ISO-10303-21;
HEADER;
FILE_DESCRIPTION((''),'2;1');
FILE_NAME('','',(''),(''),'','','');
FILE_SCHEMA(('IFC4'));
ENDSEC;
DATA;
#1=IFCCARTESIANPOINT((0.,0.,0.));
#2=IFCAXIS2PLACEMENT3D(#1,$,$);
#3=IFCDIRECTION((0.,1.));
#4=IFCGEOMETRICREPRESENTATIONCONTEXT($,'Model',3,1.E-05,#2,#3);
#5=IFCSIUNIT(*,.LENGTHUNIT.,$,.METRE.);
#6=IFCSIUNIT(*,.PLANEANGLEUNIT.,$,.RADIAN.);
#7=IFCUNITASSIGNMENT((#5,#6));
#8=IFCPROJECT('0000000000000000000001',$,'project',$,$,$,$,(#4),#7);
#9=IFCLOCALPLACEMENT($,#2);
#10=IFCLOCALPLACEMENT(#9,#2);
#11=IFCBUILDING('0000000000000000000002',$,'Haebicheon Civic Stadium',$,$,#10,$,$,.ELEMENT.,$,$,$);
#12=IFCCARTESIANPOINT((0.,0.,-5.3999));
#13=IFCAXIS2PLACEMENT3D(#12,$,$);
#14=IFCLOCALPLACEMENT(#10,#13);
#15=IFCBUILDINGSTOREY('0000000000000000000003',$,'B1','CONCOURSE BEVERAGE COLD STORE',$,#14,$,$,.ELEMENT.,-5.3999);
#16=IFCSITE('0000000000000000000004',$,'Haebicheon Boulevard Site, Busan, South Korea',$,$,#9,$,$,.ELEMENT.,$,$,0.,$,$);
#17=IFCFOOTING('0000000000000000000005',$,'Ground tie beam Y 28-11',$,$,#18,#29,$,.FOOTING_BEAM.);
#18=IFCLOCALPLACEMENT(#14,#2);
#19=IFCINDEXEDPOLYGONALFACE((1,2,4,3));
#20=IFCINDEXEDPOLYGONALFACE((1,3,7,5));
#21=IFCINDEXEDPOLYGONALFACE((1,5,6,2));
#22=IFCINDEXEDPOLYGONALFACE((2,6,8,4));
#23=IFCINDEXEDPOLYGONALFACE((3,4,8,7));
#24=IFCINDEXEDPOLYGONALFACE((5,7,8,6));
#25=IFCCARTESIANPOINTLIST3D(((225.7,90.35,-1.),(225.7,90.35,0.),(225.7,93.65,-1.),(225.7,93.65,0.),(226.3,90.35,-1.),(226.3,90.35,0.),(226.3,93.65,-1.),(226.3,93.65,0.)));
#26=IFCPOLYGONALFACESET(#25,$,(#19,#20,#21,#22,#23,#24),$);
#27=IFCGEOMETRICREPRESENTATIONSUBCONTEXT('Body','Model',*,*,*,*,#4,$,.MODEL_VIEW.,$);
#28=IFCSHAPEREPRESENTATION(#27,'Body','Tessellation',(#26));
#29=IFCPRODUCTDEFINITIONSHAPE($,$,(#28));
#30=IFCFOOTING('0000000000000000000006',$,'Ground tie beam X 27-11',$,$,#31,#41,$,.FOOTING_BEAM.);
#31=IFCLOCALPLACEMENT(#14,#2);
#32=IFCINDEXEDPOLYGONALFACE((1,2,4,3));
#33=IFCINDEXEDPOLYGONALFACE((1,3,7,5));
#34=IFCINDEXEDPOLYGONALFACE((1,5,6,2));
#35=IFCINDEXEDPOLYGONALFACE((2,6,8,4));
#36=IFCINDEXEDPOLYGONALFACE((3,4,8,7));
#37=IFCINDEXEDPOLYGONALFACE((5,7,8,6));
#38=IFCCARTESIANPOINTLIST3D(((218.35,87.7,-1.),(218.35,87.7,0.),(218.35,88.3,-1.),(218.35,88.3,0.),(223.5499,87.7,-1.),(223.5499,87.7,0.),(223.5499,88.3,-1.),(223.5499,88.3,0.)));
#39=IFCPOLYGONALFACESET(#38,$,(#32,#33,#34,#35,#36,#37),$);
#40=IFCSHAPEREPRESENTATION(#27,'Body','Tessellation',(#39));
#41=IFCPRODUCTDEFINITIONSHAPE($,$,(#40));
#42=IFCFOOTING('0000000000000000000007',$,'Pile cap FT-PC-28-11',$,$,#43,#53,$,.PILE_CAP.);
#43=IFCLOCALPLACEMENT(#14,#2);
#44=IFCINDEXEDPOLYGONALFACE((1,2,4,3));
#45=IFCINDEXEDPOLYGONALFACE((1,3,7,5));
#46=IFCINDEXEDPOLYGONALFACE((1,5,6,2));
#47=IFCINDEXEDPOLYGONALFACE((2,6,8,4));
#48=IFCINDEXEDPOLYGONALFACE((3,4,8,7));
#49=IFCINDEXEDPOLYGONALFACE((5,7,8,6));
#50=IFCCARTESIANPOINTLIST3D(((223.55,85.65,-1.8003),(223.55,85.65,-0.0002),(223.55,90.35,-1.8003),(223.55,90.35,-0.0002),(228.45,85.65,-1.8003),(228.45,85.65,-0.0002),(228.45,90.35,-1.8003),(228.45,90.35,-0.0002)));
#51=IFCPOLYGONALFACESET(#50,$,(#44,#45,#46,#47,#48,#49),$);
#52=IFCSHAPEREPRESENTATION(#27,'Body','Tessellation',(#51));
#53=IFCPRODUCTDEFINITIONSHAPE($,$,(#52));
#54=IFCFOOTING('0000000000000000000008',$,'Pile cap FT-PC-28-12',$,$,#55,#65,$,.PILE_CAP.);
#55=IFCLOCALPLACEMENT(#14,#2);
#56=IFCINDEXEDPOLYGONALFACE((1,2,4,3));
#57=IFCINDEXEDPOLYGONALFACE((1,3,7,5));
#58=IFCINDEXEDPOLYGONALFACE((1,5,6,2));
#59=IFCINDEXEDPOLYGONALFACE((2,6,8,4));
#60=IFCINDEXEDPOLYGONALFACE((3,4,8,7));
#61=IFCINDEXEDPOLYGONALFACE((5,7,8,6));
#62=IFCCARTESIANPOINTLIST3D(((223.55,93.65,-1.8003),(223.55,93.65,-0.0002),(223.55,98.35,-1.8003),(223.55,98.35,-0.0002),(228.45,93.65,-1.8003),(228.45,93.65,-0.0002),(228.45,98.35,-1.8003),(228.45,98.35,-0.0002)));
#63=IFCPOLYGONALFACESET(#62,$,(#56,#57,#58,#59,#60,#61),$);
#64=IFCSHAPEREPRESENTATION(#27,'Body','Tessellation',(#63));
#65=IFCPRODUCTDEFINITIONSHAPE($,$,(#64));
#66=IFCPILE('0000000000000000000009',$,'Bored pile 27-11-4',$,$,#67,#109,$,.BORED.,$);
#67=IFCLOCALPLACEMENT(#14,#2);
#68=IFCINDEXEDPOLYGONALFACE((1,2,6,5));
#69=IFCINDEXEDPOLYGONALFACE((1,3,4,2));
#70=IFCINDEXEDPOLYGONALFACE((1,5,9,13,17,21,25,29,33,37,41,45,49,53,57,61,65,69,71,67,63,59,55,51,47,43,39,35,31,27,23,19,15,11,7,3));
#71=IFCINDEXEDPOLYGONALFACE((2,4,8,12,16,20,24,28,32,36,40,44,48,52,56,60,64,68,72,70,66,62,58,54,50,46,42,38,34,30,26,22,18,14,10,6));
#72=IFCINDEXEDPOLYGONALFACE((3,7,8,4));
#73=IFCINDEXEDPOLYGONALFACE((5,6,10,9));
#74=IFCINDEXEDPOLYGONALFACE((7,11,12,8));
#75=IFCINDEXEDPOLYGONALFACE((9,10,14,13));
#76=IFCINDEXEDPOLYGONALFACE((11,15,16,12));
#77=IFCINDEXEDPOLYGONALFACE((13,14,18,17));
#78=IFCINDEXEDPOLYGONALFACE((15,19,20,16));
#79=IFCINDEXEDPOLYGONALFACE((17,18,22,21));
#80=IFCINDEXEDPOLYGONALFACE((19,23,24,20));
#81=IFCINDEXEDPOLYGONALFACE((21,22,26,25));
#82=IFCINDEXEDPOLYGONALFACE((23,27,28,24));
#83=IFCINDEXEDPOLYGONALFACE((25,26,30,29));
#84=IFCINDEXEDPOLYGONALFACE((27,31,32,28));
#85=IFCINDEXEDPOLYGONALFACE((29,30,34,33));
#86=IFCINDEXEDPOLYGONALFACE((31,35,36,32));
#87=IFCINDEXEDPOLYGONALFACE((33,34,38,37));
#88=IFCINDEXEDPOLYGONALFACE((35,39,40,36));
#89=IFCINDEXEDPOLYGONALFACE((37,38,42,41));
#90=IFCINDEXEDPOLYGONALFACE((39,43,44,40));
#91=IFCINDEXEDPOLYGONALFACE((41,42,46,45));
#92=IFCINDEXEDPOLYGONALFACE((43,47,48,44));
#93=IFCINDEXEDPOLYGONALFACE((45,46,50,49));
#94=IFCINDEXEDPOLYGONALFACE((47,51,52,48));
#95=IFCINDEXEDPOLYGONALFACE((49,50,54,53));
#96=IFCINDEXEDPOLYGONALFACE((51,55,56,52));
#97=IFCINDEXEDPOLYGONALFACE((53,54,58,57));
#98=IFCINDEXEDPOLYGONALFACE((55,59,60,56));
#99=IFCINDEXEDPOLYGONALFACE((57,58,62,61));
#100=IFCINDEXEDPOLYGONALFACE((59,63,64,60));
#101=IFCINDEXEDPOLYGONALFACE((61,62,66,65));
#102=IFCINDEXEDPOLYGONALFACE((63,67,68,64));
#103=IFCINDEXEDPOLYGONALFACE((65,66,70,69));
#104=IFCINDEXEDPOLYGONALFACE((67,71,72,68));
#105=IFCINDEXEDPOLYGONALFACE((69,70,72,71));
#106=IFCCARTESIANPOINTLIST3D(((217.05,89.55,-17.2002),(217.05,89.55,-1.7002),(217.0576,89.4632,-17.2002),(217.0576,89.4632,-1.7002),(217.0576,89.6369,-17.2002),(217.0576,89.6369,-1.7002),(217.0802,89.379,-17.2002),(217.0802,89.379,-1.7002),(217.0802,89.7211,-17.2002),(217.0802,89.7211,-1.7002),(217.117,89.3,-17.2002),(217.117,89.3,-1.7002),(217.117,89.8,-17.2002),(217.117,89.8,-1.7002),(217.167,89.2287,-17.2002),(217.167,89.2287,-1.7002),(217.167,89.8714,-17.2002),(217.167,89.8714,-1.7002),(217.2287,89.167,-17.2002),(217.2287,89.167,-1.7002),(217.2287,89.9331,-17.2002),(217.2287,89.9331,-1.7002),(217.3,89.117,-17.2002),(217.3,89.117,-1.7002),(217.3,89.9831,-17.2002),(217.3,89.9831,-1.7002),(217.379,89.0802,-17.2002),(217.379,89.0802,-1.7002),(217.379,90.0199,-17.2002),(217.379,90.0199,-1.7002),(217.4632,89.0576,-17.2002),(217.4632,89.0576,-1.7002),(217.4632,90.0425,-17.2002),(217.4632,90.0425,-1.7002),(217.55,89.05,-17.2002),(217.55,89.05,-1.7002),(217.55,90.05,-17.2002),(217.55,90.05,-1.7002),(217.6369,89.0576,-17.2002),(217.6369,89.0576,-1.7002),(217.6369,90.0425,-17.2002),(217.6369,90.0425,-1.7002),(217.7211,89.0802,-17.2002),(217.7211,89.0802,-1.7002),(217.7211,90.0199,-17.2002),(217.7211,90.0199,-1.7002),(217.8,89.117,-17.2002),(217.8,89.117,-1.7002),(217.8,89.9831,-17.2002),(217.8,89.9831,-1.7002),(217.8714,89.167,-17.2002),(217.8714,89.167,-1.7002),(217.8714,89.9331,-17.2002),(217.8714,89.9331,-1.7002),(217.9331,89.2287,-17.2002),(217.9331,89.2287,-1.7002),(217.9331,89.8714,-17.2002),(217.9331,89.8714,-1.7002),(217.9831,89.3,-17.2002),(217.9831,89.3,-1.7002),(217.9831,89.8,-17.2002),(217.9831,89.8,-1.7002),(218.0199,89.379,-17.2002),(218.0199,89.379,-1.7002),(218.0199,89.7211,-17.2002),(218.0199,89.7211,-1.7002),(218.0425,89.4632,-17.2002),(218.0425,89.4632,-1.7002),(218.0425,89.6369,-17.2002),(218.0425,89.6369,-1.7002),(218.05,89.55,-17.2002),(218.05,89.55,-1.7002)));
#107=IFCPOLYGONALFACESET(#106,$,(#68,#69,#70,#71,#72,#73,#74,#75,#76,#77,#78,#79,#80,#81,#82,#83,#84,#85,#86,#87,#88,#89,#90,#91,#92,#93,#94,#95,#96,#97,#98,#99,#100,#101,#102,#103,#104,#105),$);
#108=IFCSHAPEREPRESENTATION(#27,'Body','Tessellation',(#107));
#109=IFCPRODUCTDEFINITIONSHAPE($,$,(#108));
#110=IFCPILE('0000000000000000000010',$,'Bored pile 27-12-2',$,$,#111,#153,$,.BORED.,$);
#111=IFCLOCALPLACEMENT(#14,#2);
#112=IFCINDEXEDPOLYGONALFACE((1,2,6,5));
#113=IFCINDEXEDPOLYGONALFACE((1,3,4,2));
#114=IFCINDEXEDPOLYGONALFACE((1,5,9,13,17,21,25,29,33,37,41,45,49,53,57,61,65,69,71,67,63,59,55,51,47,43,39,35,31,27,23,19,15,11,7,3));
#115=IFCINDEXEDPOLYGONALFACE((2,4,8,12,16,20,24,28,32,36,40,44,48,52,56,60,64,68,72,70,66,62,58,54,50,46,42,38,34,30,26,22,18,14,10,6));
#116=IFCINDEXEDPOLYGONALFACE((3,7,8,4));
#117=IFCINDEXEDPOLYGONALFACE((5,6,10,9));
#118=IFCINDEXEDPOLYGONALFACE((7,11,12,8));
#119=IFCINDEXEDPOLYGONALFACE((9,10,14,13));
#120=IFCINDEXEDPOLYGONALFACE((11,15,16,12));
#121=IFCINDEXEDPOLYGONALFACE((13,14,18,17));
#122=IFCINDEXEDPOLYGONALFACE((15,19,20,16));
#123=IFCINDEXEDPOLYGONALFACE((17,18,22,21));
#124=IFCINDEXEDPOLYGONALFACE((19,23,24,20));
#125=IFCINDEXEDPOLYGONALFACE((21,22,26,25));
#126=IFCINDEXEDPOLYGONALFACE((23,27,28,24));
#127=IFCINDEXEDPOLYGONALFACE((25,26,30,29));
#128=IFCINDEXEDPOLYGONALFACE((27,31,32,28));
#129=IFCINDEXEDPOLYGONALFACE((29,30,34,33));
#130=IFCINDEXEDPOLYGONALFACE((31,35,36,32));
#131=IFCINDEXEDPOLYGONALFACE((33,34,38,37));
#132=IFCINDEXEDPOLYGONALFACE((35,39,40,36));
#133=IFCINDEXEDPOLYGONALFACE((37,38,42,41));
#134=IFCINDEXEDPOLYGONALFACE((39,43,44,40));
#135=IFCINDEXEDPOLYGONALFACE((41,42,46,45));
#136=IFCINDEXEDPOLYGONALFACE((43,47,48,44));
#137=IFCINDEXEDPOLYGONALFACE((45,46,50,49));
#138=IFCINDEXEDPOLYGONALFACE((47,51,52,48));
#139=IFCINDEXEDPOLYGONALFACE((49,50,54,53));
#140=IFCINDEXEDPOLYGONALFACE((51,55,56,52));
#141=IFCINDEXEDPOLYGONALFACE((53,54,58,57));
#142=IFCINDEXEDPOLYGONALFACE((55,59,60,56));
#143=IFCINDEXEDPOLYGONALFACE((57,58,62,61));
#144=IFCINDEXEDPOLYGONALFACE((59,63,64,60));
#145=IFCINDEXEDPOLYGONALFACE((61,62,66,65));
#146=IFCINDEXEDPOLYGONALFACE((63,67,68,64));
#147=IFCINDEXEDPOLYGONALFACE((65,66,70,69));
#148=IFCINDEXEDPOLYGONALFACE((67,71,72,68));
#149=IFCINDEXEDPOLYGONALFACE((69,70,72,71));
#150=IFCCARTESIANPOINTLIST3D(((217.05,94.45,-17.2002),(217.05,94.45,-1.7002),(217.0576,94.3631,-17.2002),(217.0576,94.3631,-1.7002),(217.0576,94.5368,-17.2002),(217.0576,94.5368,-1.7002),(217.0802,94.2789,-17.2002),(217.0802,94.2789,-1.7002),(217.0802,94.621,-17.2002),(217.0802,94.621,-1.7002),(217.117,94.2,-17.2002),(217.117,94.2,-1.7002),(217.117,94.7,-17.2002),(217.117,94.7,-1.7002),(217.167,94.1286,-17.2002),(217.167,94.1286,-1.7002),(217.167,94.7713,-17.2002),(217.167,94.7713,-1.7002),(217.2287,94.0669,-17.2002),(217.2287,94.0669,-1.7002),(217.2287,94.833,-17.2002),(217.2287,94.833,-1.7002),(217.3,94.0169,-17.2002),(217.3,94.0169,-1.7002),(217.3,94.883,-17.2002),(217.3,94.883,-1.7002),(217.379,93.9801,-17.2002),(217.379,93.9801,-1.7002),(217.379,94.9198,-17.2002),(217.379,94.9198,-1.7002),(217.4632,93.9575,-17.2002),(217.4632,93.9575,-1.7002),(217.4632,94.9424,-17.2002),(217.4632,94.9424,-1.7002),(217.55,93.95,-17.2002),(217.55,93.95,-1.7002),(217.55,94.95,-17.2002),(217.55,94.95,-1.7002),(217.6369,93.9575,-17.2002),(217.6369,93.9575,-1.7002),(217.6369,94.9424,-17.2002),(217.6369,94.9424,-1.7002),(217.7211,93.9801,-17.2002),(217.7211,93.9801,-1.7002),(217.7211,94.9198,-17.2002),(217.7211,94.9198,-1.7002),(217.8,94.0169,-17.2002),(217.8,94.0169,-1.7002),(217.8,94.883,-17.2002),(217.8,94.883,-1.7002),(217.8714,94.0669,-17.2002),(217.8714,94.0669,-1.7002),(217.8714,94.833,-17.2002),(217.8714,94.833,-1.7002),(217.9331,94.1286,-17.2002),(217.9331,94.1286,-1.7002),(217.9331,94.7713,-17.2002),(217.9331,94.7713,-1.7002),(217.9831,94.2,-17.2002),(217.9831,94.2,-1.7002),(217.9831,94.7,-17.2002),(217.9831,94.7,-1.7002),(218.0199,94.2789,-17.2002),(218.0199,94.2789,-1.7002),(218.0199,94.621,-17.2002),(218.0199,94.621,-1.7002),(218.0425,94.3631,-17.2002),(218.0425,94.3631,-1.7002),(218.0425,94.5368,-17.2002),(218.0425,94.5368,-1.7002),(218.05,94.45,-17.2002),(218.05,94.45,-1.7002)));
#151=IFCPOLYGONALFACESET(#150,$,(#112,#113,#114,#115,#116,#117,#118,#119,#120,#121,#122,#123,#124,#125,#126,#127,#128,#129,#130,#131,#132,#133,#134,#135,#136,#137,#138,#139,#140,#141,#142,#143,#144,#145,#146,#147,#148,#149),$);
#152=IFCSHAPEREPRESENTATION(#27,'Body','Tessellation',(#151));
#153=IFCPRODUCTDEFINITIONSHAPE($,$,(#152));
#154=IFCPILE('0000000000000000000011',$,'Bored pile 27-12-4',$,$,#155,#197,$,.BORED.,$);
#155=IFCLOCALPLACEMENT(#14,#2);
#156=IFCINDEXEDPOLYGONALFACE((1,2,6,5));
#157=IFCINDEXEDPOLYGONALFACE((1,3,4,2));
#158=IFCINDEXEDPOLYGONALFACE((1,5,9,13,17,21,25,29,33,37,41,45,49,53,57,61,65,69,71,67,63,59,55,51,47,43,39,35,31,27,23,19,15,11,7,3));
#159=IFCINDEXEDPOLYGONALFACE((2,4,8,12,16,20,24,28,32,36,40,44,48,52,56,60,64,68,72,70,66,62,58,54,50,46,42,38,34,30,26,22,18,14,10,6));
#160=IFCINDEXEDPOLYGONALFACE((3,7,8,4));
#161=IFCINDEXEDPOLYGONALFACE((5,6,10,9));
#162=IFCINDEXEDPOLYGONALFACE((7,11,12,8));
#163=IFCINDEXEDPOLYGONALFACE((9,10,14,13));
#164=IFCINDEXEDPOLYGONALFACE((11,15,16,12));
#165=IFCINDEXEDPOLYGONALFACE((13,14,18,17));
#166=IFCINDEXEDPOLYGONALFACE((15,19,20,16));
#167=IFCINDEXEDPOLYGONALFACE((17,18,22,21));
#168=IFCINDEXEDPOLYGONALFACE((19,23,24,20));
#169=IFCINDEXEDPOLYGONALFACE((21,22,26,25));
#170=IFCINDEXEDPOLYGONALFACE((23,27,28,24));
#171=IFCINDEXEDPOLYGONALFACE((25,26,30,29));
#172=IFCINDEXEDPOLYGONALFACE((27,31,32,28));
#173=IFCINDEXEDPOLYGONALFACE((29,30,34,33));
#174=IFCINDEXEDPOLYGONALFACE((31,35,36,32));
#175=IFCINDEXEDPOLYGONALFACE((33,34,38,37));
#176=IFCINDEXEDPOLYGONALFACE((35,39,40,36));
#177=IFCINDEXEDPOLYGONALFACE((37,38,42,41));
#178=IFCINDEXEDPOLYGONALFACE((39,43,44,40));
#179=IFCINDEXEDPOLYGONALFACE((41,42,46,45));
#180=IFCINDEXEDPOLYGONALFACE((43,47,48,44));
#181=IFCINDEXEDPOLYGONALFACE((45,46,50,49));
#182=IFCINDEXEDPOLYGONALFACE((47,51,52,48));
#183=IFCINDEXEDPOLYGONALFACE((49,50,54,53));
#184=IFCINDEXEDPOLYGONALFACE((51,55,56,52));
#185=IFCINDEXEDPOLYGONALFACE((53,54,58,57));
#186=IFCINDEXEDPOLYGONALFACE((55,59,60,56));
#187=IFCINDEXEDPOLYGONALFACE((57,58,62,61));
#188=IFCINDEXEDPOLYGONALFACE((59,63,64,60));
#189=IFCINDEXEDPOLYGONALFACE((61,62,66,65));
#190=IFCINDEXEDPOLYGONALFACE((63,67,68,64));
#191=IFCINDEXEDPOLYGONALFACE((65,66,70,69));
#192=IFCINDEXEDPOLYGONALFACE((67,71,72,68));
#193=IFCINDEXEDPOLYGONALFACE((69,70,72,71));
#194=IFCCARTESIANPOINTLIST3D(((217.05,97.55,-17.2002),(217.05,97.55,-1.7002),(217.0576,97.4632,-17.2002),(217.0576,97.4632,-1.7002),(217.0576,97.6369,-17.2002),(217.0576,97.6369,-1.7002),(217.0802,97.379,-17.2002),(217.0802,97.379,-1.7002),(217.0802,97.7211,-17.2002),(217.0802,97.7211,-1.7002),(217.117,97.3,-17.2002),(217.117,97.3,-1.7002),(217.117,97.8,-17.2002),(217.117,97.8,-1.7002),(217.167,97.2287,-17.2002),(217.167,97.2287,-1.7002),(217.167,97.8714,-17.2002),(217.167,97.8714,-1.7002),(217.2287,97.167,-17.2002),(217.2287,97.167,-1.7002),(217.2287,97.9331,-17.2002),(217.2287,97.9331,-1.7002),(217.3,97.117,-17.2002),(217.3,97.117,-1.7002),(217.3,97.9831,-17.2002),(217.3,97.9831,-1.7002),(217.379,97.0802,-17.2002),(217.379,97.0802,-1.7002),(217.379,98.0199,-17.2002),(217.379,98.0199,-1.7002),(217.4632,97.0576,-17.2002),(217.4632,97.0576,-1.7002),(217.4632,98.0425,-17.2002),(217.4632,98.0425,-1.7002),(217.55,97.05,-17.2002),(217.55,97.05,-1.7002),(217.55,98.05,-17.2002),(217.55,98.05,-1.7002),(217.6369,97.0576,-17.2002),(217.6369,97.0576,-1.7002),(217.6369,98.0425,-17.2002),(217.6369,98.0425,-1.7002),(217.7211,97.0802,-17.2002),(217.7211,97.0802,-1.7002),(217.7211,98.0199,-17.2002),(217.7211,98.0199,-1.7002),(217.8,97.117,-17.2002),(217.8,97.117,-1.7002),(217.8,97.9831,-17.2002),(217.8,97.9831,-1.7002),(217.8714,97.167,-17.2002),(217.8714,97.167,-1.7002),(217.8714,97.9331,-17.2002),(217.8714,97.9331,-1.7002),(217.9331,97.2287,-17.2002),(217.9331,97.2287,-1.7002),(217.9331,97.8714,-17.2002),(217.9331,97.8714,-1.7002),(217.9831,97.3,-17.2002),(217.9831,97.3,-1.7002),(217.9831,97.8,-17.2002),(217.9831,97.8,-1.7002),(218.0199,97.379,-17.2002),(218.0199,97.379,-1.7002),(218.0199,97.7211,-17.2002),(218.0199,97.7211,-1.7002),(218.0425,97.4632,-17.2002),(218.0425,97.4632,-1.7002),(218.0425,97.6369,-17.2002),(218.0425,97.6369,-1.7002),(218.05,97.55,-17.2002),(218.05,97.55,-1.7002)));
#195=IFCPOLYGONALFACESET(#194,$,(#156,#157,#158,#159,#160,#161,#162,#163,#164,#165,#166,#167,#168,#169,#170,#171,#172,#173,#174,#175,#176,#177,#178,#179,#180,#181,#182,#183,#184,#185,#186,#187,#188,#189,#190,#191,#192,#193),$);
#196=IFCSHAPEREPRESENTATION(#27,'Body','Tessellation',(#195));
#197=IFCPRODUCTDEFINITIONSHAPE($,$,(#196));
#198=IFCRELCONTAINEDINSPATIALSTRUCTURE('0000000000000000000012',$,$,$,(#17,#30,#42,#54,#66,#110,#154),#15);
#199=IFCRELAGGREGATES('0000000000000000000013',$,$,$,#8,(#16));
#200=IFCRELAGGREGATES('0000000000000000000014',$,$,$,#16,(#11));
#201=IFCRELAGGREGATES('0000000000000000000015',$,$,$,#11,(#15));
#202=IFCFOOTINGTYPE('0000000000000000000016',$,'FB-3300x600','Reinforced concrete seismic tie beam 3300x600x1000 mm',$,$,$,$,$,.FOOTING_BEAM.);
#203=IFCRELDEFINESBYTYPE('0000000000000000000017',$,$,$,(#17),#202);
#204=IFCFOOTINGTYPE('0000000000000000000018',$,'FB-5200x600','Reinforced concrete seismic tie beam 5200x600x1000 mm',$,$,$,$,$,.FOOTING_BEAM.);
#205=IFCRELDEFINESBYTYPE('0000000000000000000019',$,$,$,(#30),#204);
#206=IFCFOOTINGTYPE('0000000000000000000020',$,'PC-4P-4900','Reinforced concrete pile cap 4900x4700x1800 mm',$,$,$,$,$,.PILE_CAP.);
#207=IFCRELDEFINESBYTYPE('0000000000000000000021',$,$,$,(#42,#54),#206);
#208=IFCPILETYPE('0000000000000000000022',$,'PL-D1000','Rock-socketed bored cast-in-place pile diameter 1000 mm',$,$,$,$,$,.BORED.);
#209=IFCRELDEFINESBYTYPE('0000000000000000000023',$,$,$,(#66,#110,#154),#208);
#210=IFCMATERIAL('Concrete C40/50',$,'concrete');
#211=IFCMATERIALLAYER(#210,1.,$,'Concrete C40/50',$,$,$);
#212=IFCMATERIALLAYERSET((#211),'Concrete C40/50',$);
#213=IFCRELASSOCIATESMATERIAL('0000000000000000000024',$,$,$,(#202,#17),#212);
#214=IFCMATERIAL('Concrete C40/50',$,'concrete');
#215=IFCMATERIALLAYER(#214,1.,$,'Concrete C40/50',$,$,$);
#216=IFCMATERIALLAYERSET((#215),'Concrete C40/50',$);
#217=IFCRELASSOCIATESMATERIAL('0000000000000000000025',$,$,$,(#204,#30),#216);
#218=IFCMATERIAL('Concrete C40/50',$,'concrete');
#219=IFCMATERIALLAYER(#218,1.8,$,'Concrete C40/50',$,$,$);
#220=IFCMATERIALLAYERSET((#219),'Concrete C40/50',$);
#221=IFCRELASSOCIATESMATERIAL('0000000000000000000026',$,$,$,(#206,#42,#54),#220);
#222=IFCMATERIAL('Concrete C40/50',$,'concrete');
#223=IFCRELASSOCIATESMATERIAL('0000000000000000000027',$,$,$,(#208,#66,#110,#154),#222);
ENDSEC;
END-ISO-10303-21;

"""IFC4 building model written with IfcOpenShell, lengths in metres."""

from ifc_helpers import new_model, si_unit, direction, frame, origin, origin_2d, place, context, subcontext, project, spatial, rectangle, circle, extrude, material, layer, layer_set, material_profile, profile_set, type_object, element, save


model = new_model("IFC4")

# Units and contexts
model_context = context("Model", 3, precision=1e-05, world=origin(), true_north=direction((0.0, 1.0)))
body_context = subcontext(model_context, "Body", "Model", "MODEL_VIEW")
ifc_project = project(units=[si_unit("LENGTHUNIT", "METRE"), si_unit("PLANEANGLEUNIT", "RADIAN")], contexts=[model_context])

# Site, building, storey
site_placement = place(None, origin())
site = spatial("IfcSite", under=ifc_project, at=site_placement, Name="Haebicheon Boulevard Site, Busan, South Korea", CompositionType="ELEMENT", RefElevation=0.0)
building_placement = place(site_placement, origin())
building = spatial("IfcBuilding", under=site, at=building_placement, Name="Haebicheon Civic Stadium", CompositionType="ELEMENT")
storey_placement = place(building_placement, frame((0.0, 0.0, -5.3999)))
storey = spatial("IfcBuildingStorey", under=building, at=storey_placement, Name="B1", Description="CONCOURSE BEVERAGE COLD STORE", CompositionType="ELEMENT", Elevation=-5.3999)

# Footings
ifc_material_1 = material(Name="Concrete C40/50", Category="concrete")
ifc_layer_1 = layer(ifc_material_1, 1.0, Name="Concrete C40/50")
ifc_layer_set_1 = layer_set([ifc_layer_1], Name="Concrete C40/50")
footing_type_1 = type_object("IfcFootingType", Name="FB-3300x600", Description="Reinforced concrete seismic tie beam 3300x600x1000 mm", PredefinedType="FOOTING_BEAM", material=ifc_layer_set_1)
footing_1_placement = place(storey_placement, frame((226.0, 92.0, -1.0), z_axis=(0.0, 0.0, 1.0), x_axis=(0.0, 1.0, 0.0)))
element("IfcFooting", 1, at=footing_1_placement, inside=storey, type_object=footing_type_1, material=ifc_layer_set_1, Name="Ground tie beam Y 28-11", PredefinedType="FOOTING_BEAM", context=body_context, shape_type="SweptSolid", body=[
    extrude(rectangle(XDim=3.3, YDim=0.6001, at=origin_2d()), origin(), (0.0, 0.0, 1.0), 1.0),
])
ifc_material_2 = material(Name="Concrete C40/50", Category="concrete")
ifc_layer_2 = layer(ifc_material_2, 1.0, Name="Concrete C40/50")
ifc_layer_set_2 = layer_set([ifc_layer_2], Name="Concrete C40/50")
footing_type_2 = type_object("IfcFootingType", Name="FB-5200x600", Description="Reinforced concrete seismic tie beam 5200x600x1000 mm", PredefinedType="FOOTING_BEAM", material=ifc_layer_set_2)
footing_2_placement = place(storey_placement, frame((220.95, 88.0, -1.0), z_axis=(0.0, 0.0, 1.0), x_axis=(1.0, 0.0, 0.0)))
element("IfcFooting", 2, at=footing_2_placement, inside=storey, type_object=footing_type_2, material=ifc_layer_set_2, Name="Ground tie beam X 27-11", PredefinedType="FOOTING_BEAM", context=body_context, shape_type="SweptSolid", body=[
    extrude(rectangle(XDim=5.2, YDim=0.6001, at=origin_2d()), origin(), (0.0, 0.0, 1.0), 1.0),
])
ifc_material_3 = material(Name="Concrete C40/50", Category="concrete")
ifc_layer_3 = layer(ifc_material_3, 1.8, Name="Concrete C40/50")
ifc_layer_set_3 = layer_set([ifc_layer_3], Name="Concrete C40/50")
footing_type_3 = type_object("IfcFootingType", Name="PC-4P-4900", Description="Reinforced concrete pile cap 4900x4700x1800 mm", PredefinedType="PILE_CAP", material=ifc_layer_set_3)
for number, where, z_axis, x_axis, name in (
    (3, (226.0, 88.0, -1.8003), (0.0, 0.0, 1.0), (1.0, 0.0, 0.0), "Pile cap FT-PC-28-11"),
    (4, (226.0, 96.0, -1.8003), (0.0, 0.0, 1.0), (1.0, 0.0, 0.0), "Pile cap FT-PC-28-12"),
):
    element("IfcFooting", number, at=place(storey_placement, frame(where, z_axis=z_axis, x_axis=x_axis)), inside=storey, type_object=footing_type_3, material=ifc_layer_set_3, Name=name, PredefinedType="PILE_CAP", context=body_context, shape_type="SweptSolid", body=[
        extrude(rectangle(XDim=4.8999, YDim=4.7, at=origin_2d()), origin(), (0.0, 0.0, 1.0), 1.8),
    ])

# Piles
ifc_material_4 = material(Name="Concrete C40/50", Category="concrete")
ifc_material_profile_1 = material_profile(ifc_material_4, circle(Radius=0.5, at=origin_2d()), Name="PILE-D1000")
ifc_profile_set_1 = profile_set([ifc_material_profile_1], Name="Concrete C40/50")
pile_type = type_object("IfcPileType", Name="PL-D1000", Description="Rock-socketed bored cast-in-place pile diameter 1000 mm", PredefinedType="BORED", material=ifc_profile_set_1)
for number, where, z_axis, x_axis, name in (
    (5, (217.55, 89.55, -1.7002), (0.0, 0.0, -1.0), (1.0, 0.0, 0.0), "Bored pile 27-11-4"),
    (6, (217.55, 94.45, -1.7002), (0.0, 0.0, -1.0), (1.0, 0.0, 0.0), "Bored pile 27-12-2"),
    (7, (217.55, 97.55, -1.7002), (0.0, 0.0, -1.0), (1.0, 0.0, 0.0), "Bored pile 27-12-4"),
):
    element("IfcPile", number, at=place(storey_placement, frame(where, z_axis=z_axis, x_axis=x_axis)), inside=storey, type_object=pile_type, material=ifc_profile_set_1, Name=name, PredefinedType="BORED", context=body_context, shape_type="SweptSolid", body=[
        extrude(circle(Radius=0.5, at=origin_2d()), origin(), (0.0, 0.0, 1.0), 15.5),
    ])

save(model, "model.ifc")
